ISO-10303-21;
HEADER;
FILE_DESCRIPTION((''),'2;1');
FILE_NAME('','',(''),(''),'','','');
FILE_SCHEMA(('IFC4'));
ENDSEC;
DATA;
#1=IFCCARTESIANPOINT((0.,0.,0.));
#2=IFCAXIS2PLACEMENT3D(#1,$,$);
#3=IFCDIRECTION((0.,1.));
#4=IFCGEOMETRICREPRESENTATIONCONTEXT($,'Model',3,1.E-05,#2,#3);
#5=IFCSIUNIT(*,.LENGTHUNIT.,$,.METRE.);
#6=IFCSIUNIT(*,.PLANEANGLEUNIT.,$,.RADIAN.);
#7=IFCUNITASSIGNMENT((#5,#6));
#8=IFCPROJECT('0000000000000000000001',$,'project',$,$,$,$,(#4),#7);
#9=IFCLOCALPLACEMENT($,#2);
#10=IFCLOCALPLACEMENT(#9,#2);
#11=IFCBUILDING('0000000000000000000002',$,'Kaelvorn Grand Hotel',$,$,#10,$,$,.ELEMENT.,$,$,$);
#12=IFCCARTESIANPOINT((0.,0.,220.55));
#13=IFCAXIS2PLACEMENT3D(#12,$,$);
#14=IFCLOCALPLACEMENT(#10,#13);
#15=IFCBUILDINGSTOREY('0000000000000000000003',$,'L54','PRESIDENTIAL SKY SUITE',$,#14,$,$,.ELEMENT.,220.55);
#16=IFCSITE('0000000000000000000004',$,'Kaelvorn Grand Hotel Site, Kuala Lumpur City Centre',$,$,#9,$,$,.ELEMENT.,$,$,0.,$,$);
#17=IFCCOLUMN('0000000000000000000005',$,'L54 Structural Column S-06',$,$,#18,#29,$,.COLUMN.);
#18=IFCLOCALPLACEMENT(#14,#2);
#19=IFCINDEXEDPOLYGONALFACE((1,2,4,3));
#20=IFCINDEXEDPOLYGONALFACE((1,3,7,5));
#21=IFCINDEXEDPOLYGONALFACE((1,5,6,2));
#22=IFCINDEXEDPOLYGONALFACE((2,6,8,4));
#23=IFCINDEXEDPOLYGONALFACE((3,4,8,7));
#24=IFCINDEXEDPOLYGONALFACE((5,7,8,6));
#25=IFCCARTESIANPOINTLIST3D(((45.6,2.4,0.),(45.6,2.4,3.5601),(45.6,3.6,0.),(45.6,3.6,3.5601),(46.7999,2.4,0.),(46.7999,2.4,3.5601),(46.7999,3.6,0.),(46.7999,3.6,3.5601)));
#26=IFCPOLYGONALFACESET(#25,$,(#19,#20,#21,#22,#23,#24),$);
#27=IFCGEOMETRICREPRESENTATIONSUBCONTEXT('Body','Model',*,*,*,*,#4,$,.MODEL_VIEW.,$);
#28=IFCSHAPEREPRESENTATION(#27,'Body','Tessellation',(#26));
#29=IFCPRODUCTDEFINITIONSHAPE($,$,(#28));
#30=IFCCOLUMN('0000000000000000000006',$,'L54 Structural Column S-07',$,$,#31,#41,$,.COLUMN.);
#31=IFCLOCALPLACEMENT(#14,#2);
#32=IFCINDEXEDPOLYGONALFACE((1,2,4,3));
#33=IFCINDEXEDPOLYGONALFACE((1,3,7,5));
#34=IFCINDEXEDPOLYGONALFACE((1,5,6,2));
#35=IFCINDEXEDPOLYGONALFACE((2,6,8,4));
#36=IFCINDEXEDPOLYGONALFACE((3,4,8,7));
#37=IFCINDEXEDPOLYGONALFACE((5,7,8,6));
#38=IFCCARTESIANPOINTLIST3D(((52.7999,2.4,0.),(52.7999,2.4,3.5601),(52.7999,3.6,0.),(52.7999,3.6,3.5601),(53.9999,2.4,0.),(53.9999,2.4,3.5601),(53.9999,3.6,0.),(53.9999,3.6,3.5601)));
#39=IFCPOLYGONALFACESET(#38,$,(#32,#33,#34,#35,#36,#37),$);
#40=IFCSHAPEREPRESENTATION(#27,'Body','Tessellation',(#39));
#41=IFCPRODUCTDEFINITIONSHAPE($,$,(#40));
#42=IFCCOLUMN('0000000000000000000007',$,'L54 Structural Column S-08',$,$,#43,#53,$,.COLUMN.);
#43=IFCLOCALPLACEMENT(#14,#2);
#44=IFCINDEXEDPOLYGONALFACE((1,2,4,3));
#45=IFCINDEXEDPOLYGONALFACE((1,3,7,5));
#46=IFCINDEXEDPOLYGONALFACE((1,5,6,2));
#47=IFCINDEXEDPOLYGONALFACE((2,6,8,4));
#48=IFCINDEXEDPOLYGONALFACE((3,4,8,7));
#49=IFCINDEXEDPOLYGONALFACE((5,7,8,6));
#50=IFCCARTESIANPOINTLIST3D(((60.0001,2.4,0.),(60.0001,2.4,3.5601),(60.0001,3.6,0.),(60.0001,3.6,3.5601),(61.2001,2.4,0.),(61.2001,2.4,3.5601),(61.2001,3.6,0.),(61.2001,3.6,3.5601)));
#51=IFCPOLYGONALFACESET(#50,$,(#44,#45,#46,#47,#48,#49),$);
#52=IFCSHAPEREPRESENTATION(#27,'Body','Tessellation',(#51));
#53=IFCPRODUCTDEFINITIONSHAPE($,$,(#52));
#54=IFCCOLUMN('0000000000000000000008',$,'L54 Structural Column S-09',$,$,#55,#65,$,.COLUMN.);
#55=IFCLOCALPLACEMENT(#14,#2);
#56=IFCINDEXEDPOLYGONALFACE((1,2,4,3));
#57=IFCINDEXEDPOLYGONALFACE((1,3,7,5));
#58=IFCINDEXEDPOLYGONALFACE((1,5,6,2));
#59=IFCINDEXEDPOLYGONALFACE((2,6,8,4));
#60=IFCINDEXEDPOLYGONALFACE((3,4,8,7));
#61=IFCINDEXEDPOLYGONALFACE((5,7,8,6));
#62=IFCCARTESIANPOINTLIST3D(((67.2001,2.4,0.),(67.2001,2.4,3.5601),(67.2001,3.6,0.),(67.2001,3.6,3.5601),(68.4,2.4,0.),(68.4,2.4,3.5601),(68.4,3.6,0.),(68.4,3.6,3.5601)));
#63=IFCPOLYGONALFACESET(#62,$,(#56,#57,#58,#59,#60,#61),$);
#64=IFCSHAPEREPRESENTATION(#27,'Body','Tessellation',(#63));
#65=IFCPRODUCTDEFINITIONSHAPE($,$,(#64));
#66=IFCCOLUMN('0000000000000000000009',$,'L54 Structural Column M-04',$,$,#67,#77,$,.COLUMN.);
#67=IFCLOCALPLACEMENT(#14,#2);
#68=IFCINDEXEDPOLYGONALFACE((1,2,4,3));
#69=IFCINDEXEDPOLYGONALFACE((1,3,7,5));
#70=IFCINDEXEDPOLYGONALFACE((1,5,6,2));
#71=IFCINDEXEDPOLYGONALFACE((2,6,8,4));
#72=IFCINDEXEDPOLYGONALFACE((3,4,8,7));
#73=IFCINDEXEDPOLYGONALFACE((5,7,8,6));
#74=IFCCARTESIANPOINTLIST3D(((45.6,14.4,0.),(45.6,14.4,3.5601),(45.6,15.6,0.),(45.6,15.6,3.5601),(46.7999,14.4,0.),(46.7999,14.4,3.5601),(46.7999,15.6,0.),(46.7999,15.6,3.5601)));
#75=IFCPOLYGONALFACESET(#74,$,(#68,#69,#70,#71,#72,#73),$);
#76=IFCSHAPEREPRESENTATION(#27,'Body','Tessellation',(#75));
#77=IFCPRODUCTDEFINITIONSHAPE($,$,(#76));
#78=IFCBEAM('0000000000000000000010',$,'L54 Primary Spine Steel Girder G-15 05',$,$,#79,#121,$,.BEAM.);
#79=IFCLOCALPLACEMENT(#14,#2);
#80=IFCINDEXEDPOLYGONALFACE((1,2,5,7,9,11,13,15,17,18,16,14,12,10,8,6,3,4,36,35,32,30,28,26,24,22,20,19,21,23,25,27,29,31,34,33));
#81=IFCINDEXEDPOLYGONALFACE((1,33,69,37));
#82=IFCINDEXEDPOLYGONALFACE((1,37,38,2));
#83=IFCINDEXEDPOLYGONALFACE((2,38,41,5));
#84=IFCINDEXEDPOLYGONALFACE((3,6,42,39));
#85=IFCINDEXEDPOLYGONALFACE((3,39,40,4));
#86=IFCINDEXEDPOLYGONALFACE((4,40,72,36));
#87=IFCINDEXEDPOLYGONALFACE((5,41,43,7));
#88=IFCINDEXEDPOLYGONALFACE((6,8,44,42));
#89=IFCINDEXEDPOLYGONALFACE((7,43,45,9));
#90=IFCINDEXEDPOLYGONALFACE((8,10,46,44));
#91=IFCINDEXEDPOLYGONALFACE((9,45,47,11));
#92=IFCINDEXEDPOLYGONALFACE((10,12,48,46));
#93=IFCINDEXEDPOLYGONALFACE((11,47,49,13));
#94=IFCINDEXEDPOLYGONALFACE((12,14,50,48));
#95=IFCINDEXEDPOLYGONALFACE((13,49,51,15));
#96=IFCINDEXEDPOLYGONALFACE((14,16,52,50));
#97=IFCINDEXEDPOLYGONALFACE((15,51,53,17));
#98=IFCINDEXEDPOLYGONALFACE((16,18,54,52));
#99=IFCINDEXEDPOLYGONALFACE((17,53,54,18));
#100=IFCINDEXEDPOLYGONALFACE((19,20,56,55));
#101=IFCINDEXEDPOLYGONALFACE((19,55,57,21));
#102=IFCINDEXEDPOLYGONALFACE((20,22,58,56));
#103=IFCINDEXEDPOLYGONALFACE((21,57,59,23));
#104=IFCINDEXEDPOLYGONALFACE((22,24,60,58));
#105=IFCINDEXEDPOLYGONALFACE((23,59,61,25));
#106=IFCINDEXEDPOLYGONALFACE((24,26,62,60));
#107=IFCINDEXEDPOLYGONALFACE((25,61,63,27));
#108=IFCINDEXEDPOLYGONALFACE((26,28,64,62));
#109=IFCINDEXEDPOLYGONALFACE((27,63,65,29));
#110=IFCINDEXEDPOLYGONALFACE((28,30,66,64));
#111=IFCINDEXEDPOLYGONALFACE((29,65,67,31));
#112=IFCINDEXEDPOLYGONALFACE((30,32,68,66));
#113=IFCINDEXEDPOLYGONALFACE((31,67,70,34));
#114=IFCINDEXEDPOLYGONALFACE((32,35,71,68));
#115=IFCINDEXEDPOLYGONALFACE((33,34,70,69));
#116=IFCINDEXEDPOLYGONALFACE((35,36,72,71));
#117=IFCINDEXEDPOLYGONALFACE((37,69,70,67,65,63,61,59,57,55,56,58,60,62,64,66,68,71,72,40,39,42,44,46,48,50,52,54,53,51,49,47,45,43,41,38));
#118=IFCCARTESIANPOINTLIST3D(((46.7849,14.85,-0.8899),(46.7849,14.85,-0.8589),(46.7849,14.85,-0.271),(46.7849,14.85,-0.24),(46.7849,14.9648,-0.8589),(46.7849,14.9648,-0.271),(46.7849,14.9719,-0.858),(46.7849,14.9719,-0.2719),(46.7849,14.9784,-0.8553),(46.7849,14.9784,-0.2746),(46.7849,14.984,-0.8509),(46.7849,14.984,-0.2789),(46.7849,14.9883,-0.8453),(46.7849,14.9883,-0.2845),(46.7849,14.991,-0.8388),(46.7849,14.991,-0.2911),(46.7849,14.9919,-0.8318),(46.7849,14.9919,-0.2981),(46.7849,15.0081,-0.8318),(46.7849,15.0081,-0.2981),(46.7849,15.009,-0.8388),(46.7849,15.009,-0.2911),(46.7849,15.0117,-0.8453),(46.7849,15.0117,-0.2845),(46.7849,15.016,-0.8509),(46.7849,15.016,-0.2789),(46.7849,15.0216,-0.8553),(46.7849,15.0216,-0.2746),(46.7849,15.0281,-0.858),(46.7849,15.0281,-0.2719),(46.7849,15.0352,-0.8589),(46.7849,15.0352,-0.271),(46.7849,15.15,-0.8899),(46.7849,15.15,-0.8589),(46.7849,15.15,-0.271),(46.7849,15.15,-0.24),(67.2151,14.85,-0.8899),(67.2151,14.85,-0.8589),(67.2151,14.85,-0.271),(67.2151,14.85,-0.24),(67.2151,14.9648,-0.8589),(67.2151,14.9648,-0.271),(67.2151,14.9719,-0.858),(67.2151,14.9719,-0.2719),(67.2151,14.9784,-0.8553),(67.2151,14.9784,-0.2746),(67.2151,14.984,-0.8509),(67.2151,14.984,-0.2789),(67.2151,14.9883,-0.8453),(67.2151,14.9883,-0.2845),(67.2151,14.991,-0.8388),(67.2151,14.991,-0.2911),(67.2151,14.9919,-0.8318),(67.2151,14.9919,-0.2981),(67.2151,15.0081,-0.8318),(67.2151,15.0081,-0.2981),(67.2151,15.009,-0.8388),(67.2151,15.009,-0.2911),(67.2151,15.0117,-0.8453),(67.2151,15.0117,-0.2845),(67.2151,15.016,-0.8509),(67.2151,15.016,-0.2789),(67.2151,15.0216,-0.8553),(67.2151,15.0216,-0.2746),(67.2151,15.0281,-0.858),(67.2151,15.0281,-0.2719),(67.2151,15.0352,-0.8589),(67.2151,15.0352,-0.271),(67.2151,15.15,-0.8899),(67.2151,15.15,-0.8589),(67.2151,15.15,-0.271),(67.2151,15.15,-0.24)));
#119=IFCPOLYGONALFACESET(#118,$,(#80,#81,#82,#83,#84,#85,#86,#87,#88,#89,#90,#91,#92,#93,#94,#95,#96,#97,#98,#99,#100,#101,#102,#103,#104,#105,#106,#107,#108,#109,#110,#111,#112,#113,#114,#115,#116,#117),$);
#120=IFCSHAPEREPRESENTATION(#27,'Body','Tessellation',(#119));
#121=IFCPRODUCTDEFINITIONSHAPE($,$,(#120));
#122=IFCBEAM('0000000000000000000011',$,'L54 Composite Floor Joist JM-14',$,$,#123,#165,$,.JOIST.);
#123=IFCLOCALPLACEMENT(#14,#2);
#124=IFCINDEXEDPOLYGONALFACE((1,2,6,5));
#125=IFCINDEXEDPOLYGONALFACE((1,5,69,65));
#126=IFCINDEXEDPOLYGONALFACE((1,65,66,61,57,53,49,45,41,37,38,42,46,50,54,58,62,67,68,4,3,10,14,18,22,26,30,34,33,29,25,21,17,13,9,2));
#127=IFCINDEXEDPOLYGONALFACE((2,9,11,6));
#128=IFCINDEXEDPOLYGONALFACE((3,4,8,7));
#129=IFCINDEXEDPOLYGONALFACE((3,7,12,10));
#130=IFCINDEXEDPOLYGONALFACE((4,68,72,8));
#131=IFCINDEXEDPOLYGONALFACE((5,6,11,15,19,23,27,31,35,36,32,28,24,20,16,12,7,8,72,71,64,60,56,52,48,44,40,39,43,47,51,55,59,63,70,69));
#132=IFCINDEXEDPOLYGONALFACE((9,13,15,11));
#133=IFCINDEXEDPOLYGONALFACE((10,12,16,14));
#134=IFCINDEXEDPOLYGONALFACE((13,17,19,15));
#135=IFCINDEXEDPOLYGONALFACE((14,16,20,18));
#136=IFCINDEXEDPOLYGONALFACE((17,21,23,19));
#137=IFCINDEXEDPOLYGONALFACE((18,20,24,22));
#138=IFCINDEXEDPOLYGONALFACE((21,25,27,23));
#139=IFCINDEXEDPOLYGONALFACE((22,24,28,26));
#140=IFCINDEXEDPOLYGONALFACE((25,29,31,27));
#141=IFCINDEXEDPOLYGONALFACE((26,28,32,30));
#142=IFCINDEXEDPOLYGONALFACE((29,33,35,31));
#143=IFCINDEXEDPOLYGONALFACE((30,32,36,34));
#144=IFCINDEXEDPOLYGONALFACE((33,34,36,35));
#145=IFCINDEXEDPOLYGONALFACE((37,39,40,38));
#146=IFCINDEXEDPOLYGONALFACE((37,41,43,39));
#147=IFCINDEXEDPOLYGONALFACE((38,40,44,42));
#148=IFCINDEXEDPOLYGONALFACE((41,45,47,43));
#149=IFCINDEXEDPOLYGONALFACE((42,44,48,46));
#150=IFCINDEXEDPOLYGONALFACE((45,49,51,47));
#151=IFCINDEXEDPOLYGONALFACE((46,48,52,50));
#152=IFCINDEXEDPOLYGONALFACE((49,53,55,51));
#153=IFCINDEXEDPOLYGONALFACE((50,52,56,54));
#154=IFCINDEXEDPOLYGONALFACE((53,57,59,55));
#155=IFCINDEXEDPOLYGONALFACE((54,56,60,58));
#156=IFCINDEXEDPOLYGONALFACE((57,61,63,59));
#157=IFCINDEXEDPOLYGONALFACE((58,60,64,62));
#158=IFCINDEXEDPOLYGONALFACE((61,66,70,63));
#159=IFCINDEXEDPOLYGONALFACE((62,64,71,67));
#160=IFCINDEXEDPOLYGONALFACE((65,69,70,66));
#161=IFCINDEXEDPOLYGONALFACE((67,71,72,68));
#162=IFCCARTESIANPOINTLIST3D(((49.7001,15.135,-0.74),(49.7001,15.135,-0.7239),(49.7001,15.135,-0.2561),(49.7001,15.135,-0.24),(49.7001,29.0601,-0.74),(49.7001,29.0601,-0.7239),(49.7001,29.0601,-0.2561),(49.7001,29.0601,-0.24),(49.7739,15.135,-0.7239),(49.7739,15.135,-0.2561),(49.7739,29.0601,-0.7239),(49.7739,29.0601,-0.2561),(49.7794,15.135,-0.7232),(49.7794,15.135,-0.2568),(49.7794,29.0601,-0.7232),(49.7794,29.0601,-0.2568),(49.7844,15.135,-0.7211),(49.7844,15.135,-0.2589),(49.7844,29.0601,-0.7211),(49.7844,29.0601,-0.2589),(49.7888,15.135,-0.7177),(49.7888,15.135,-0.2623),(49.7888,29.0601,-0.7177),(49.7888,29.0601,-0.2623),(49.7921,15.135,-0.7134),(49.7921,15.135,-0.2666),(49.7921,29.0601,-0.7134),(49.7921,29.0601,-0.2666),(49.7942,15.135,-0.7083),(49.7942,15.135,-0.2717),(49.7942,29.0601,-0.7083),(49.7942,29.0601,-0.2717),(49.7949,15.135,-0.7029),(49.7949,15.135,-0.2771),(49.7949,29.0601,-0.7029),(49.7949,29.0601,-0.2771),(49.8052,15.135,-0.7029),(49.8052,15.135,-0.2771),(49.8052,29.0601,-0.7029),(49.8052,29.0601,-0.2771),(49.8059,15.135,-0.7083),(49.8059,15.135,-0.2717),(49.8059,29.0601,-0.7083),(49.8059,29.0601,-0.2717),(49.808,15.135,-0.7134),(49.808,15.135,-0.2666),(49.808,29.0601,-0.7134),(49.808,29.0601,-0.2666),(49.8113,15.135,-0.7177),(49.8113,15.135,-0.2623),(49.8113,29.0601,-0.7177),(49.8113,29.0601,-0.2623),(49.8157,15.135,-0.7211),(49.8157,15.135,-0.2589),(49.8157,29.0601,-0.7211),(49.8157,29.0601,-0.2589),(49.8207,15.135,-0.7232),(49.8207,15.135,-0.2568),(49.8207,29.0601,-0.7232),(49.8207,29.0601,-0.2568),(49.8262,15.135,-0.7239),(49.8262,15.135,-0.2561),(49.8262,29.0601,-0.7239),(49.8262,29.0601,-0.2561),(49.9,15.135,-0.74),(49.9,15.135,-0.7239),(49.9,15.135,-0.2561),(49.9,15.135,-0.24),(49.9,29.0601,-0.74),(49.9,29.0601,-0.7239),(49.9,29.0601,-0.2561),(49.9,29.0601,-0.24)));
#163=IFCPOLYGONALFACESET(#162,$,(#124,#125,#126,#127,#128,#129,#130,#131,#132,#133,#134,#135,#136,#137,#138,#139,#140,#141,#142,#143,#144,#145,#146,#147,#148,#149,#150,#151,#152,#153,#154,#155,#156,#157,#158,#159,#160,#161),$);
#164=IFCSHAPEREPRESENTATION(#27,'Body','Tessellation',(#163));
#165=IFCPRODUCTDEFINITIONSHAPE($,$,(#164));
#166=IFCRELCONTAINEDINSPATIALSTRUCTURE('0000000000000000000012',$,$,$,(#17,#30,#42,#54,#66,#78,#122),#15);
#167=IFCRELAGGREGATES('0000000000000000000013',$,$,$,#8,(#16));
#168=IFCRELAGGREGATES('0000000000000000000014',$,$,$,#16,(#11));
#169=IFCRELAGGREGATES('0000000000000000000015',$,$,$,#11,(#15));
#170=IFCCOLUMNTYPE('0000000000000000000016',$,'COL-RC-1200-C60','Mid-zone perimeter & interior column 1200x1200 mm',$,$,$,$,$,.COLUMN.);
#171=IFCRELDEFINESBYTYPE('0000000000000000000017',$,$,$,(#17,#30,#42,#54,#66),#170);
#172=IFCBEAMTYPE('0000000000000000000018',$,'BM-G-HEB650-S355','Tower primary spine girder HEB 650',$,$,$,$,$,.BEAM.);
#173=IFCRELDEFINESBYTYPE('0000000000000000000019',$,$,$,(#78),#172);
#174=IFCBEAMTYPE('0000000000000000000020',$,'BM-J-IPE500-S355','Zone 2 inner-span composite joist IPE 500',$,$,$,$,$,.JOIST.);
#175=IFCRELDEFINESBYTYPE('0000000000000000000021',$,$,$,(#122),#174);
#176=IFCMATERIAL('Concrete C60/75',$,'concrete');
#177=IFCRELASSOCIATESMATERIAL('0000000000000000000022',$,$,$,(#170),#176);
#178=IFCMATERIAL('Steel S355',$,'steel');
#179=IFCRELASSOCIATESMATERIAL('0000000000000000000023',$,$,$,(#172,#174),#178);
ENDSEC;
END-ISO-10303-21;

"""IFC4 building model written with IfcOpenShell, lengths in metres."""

from ifc_helpers import new_model, si_unit, direction, frame, origin, origin_2d, place, context, subcontext, project, spatial, rectangle, i_section, extrude, material, material_profile, profile_set, type_object, element, save


model = new_model("IFC4")

# Units and contexts
model_context = context("Model", 3, precision=1e-05, world=origin(), true_north=direction((0.0, 1.0)))
body_context = subcontext(model_context, "Body", "Model", "MODEL_VIEW")
ifc_project = project(units=[si_unit("LENGTHUNIT", "METRE"), si_unit("PLANEANGLEUNIT", "RADIAN")], contexts=[model_context])

# Site, building, storey
site_placement = place(None, origin())
site = spatial("IfcSite", under=ifc_project, at=site_placement, Name="Kaelvorn Grand Hotel Site, Kuala Lumpur City Centre", CompositionType="ELEMENT", RefElevation=0.0)
building_placement = place(site_placement, origin())
building = spatial("IfcBuilding", under=site, at=building_placement, Name="Kaelvorn Grand Hotel", CompositionType="ELEMENT")
storey_placement = place(building_placement, frame((0.0, 0.0, 220.55)))
storey = spatial("IfcBuildingStorey", under=building, at=storey_placement, Name="L54", Description="PRESIDENTIAL SKY SUITE", CompositionType="ELEMENT", Elevation=220.55)

# Columns
ifc_material_1 = material(Name="Concrete C60/75", Category="concrete")
ifc_material_profile_1 = material_profile(ifc_material_1, rectangle(XDim=1.2, YDim=1.2, at=origin_2d()), Name="RC COL 1200x1200")
ifc_profile_set_1 = profile_set([ifc_material_profile_1], Name="Concrete C60/75")
column_type = type_object("IfcColumnType", Name="COL-RC-1200-C60", Description="Mid-zone perimeter & interior column 1200x1200 mm", PredefinedType="COLUMN", material=ifc_profile_set_1)
for number, where, z_axis, x_axis, name in (
    (1, (46.2, 3.0, 0.0), (0.0, 0.0, 1.0), (1.0, 0.0, 0.0), "L54 Structural Column S-06"),
    (2, (53.3999, 3.0, 0.0), (0.0, 0.0, 1.0), (1.0, 0.0, 0.0), "L54 Structural Column S-07"),
    (3, (60.6001, 3.0, 0.0), (0.0, 0.0, 1.0), (1.0, 0.0, 0.0), "L54 Structural Column S-08"),
    (4, (67.8, 3.0, 0.0), (0.0, 0.0, 1.0), (1.0, 0.0, 0.0), "L54 Structural Column S-09"),
    (5, (46.2, 15.0, 0.0), (0.0, 0.0, 1.0), (1.0, 0.0, 0.0), "L54 Structural Column M-04"),
):
    element("IfcColumn", number, at=place(storey_placement, frame(where, z_axis=z_axis, x_axis=x_axis)), inside=storey, type_object=column_type, Name=name, PredefinedType="COLUMN", context=body_context, shape_type="SweptSolid", body=[
        extrude(rectangle(XDim=1.2, YDim=1.2, at=origin_2d()), origin(), (0.0, 0.0, 1.0), 3.5601),
    ])

# Beams
ifc_material_2 = material(Name="Steel S355", Category="steel")
ifc_material_profile_2 = material_profile(ifc_material_2, i_section(OverallWidth=0.3, OverallDepth=0.6499, WebThickness=0.0161, FlangeThickness=0.031, FilletRadius=0.0271, at=origin_2d()), Name="HEB 650")
ifc_profile_set_2 = profile_set([ifc_material_profile_2], Name="Steel S355")
beam_type_1 = type_object("IfcBeamType", Name="BM-G-HEB650-S355", Description="Tower primary spine girder HEB 650", PredefinedType="BEAM", material=ifc_profile_set_2)
beam_1_placement = place(storey_placement, frame((46.7849, 15.0, -0.5649), z_axis=(1.0, 0.0, 0.0), x_axis=(0.0, 1.0, 0.0)))
element("IfcBeam", 6, at=beam_1_placement, inside=storey, type_object=beam_type_1, Name="L54 Primary Spine Steel Girder G-15 05", PredefinedType="BEAM", context=body_context, shape_type="SweptSolid", body=[
    extrude(i_section(OverallWidth=0.3, OverallDepth=0.6499, WebThickness=0.0161, FlangeThickness=0.031, FilletRadius=0.0271, at=origin_2d()), origin(), (0.0, 0.0, 1.0), 20.4302),
])
ifc_material_profile_3 = material_profile(ifc_material_2, i_section(OverallWidth=0.2, OverallDepth=0.5, WebThickness=0.0103, FlangeThickness=0.0161, FilletRadius=0.021, at=origin_2d()), Name="IPE 500")
ifc_profile_set_3 = profile_set([ifc_material_profile_3], Name="Steel S355")
beam_type_2 = type_object("IfcBeamType", Name="BM-J-IPE500-S355", Description="Zone 2 inner-span composite joist IPE 500", PredefinedType="JOIST", material=ifc_profile_set_3)
beam_2_placement = place(storey_placement, frame((49.8, 15.135, -0.49), z_axis=(0.0, 1.0, 0.0), x_axis=(-1.0, 0.0, 0.0)))
element("IfcBeam", 7, at=beam_2_placement, inside=storey, type_object=beam_type_2, Name="L54 Composite Floor Joist JM-14", PredefinedType="JOIST", context=body_context, shape_type="SweptSolid", body=[
    extrude(i_section(OverallWidth=0.2, OverallDepth=0.5, WebThickness=0.0103, FlangeThickness=0.0161, FilletRadius=0.021, at=origin_2d()), origin(), (0.0, 0.0, 1.0), 13.925),
])

save(model, "model.ifc")
